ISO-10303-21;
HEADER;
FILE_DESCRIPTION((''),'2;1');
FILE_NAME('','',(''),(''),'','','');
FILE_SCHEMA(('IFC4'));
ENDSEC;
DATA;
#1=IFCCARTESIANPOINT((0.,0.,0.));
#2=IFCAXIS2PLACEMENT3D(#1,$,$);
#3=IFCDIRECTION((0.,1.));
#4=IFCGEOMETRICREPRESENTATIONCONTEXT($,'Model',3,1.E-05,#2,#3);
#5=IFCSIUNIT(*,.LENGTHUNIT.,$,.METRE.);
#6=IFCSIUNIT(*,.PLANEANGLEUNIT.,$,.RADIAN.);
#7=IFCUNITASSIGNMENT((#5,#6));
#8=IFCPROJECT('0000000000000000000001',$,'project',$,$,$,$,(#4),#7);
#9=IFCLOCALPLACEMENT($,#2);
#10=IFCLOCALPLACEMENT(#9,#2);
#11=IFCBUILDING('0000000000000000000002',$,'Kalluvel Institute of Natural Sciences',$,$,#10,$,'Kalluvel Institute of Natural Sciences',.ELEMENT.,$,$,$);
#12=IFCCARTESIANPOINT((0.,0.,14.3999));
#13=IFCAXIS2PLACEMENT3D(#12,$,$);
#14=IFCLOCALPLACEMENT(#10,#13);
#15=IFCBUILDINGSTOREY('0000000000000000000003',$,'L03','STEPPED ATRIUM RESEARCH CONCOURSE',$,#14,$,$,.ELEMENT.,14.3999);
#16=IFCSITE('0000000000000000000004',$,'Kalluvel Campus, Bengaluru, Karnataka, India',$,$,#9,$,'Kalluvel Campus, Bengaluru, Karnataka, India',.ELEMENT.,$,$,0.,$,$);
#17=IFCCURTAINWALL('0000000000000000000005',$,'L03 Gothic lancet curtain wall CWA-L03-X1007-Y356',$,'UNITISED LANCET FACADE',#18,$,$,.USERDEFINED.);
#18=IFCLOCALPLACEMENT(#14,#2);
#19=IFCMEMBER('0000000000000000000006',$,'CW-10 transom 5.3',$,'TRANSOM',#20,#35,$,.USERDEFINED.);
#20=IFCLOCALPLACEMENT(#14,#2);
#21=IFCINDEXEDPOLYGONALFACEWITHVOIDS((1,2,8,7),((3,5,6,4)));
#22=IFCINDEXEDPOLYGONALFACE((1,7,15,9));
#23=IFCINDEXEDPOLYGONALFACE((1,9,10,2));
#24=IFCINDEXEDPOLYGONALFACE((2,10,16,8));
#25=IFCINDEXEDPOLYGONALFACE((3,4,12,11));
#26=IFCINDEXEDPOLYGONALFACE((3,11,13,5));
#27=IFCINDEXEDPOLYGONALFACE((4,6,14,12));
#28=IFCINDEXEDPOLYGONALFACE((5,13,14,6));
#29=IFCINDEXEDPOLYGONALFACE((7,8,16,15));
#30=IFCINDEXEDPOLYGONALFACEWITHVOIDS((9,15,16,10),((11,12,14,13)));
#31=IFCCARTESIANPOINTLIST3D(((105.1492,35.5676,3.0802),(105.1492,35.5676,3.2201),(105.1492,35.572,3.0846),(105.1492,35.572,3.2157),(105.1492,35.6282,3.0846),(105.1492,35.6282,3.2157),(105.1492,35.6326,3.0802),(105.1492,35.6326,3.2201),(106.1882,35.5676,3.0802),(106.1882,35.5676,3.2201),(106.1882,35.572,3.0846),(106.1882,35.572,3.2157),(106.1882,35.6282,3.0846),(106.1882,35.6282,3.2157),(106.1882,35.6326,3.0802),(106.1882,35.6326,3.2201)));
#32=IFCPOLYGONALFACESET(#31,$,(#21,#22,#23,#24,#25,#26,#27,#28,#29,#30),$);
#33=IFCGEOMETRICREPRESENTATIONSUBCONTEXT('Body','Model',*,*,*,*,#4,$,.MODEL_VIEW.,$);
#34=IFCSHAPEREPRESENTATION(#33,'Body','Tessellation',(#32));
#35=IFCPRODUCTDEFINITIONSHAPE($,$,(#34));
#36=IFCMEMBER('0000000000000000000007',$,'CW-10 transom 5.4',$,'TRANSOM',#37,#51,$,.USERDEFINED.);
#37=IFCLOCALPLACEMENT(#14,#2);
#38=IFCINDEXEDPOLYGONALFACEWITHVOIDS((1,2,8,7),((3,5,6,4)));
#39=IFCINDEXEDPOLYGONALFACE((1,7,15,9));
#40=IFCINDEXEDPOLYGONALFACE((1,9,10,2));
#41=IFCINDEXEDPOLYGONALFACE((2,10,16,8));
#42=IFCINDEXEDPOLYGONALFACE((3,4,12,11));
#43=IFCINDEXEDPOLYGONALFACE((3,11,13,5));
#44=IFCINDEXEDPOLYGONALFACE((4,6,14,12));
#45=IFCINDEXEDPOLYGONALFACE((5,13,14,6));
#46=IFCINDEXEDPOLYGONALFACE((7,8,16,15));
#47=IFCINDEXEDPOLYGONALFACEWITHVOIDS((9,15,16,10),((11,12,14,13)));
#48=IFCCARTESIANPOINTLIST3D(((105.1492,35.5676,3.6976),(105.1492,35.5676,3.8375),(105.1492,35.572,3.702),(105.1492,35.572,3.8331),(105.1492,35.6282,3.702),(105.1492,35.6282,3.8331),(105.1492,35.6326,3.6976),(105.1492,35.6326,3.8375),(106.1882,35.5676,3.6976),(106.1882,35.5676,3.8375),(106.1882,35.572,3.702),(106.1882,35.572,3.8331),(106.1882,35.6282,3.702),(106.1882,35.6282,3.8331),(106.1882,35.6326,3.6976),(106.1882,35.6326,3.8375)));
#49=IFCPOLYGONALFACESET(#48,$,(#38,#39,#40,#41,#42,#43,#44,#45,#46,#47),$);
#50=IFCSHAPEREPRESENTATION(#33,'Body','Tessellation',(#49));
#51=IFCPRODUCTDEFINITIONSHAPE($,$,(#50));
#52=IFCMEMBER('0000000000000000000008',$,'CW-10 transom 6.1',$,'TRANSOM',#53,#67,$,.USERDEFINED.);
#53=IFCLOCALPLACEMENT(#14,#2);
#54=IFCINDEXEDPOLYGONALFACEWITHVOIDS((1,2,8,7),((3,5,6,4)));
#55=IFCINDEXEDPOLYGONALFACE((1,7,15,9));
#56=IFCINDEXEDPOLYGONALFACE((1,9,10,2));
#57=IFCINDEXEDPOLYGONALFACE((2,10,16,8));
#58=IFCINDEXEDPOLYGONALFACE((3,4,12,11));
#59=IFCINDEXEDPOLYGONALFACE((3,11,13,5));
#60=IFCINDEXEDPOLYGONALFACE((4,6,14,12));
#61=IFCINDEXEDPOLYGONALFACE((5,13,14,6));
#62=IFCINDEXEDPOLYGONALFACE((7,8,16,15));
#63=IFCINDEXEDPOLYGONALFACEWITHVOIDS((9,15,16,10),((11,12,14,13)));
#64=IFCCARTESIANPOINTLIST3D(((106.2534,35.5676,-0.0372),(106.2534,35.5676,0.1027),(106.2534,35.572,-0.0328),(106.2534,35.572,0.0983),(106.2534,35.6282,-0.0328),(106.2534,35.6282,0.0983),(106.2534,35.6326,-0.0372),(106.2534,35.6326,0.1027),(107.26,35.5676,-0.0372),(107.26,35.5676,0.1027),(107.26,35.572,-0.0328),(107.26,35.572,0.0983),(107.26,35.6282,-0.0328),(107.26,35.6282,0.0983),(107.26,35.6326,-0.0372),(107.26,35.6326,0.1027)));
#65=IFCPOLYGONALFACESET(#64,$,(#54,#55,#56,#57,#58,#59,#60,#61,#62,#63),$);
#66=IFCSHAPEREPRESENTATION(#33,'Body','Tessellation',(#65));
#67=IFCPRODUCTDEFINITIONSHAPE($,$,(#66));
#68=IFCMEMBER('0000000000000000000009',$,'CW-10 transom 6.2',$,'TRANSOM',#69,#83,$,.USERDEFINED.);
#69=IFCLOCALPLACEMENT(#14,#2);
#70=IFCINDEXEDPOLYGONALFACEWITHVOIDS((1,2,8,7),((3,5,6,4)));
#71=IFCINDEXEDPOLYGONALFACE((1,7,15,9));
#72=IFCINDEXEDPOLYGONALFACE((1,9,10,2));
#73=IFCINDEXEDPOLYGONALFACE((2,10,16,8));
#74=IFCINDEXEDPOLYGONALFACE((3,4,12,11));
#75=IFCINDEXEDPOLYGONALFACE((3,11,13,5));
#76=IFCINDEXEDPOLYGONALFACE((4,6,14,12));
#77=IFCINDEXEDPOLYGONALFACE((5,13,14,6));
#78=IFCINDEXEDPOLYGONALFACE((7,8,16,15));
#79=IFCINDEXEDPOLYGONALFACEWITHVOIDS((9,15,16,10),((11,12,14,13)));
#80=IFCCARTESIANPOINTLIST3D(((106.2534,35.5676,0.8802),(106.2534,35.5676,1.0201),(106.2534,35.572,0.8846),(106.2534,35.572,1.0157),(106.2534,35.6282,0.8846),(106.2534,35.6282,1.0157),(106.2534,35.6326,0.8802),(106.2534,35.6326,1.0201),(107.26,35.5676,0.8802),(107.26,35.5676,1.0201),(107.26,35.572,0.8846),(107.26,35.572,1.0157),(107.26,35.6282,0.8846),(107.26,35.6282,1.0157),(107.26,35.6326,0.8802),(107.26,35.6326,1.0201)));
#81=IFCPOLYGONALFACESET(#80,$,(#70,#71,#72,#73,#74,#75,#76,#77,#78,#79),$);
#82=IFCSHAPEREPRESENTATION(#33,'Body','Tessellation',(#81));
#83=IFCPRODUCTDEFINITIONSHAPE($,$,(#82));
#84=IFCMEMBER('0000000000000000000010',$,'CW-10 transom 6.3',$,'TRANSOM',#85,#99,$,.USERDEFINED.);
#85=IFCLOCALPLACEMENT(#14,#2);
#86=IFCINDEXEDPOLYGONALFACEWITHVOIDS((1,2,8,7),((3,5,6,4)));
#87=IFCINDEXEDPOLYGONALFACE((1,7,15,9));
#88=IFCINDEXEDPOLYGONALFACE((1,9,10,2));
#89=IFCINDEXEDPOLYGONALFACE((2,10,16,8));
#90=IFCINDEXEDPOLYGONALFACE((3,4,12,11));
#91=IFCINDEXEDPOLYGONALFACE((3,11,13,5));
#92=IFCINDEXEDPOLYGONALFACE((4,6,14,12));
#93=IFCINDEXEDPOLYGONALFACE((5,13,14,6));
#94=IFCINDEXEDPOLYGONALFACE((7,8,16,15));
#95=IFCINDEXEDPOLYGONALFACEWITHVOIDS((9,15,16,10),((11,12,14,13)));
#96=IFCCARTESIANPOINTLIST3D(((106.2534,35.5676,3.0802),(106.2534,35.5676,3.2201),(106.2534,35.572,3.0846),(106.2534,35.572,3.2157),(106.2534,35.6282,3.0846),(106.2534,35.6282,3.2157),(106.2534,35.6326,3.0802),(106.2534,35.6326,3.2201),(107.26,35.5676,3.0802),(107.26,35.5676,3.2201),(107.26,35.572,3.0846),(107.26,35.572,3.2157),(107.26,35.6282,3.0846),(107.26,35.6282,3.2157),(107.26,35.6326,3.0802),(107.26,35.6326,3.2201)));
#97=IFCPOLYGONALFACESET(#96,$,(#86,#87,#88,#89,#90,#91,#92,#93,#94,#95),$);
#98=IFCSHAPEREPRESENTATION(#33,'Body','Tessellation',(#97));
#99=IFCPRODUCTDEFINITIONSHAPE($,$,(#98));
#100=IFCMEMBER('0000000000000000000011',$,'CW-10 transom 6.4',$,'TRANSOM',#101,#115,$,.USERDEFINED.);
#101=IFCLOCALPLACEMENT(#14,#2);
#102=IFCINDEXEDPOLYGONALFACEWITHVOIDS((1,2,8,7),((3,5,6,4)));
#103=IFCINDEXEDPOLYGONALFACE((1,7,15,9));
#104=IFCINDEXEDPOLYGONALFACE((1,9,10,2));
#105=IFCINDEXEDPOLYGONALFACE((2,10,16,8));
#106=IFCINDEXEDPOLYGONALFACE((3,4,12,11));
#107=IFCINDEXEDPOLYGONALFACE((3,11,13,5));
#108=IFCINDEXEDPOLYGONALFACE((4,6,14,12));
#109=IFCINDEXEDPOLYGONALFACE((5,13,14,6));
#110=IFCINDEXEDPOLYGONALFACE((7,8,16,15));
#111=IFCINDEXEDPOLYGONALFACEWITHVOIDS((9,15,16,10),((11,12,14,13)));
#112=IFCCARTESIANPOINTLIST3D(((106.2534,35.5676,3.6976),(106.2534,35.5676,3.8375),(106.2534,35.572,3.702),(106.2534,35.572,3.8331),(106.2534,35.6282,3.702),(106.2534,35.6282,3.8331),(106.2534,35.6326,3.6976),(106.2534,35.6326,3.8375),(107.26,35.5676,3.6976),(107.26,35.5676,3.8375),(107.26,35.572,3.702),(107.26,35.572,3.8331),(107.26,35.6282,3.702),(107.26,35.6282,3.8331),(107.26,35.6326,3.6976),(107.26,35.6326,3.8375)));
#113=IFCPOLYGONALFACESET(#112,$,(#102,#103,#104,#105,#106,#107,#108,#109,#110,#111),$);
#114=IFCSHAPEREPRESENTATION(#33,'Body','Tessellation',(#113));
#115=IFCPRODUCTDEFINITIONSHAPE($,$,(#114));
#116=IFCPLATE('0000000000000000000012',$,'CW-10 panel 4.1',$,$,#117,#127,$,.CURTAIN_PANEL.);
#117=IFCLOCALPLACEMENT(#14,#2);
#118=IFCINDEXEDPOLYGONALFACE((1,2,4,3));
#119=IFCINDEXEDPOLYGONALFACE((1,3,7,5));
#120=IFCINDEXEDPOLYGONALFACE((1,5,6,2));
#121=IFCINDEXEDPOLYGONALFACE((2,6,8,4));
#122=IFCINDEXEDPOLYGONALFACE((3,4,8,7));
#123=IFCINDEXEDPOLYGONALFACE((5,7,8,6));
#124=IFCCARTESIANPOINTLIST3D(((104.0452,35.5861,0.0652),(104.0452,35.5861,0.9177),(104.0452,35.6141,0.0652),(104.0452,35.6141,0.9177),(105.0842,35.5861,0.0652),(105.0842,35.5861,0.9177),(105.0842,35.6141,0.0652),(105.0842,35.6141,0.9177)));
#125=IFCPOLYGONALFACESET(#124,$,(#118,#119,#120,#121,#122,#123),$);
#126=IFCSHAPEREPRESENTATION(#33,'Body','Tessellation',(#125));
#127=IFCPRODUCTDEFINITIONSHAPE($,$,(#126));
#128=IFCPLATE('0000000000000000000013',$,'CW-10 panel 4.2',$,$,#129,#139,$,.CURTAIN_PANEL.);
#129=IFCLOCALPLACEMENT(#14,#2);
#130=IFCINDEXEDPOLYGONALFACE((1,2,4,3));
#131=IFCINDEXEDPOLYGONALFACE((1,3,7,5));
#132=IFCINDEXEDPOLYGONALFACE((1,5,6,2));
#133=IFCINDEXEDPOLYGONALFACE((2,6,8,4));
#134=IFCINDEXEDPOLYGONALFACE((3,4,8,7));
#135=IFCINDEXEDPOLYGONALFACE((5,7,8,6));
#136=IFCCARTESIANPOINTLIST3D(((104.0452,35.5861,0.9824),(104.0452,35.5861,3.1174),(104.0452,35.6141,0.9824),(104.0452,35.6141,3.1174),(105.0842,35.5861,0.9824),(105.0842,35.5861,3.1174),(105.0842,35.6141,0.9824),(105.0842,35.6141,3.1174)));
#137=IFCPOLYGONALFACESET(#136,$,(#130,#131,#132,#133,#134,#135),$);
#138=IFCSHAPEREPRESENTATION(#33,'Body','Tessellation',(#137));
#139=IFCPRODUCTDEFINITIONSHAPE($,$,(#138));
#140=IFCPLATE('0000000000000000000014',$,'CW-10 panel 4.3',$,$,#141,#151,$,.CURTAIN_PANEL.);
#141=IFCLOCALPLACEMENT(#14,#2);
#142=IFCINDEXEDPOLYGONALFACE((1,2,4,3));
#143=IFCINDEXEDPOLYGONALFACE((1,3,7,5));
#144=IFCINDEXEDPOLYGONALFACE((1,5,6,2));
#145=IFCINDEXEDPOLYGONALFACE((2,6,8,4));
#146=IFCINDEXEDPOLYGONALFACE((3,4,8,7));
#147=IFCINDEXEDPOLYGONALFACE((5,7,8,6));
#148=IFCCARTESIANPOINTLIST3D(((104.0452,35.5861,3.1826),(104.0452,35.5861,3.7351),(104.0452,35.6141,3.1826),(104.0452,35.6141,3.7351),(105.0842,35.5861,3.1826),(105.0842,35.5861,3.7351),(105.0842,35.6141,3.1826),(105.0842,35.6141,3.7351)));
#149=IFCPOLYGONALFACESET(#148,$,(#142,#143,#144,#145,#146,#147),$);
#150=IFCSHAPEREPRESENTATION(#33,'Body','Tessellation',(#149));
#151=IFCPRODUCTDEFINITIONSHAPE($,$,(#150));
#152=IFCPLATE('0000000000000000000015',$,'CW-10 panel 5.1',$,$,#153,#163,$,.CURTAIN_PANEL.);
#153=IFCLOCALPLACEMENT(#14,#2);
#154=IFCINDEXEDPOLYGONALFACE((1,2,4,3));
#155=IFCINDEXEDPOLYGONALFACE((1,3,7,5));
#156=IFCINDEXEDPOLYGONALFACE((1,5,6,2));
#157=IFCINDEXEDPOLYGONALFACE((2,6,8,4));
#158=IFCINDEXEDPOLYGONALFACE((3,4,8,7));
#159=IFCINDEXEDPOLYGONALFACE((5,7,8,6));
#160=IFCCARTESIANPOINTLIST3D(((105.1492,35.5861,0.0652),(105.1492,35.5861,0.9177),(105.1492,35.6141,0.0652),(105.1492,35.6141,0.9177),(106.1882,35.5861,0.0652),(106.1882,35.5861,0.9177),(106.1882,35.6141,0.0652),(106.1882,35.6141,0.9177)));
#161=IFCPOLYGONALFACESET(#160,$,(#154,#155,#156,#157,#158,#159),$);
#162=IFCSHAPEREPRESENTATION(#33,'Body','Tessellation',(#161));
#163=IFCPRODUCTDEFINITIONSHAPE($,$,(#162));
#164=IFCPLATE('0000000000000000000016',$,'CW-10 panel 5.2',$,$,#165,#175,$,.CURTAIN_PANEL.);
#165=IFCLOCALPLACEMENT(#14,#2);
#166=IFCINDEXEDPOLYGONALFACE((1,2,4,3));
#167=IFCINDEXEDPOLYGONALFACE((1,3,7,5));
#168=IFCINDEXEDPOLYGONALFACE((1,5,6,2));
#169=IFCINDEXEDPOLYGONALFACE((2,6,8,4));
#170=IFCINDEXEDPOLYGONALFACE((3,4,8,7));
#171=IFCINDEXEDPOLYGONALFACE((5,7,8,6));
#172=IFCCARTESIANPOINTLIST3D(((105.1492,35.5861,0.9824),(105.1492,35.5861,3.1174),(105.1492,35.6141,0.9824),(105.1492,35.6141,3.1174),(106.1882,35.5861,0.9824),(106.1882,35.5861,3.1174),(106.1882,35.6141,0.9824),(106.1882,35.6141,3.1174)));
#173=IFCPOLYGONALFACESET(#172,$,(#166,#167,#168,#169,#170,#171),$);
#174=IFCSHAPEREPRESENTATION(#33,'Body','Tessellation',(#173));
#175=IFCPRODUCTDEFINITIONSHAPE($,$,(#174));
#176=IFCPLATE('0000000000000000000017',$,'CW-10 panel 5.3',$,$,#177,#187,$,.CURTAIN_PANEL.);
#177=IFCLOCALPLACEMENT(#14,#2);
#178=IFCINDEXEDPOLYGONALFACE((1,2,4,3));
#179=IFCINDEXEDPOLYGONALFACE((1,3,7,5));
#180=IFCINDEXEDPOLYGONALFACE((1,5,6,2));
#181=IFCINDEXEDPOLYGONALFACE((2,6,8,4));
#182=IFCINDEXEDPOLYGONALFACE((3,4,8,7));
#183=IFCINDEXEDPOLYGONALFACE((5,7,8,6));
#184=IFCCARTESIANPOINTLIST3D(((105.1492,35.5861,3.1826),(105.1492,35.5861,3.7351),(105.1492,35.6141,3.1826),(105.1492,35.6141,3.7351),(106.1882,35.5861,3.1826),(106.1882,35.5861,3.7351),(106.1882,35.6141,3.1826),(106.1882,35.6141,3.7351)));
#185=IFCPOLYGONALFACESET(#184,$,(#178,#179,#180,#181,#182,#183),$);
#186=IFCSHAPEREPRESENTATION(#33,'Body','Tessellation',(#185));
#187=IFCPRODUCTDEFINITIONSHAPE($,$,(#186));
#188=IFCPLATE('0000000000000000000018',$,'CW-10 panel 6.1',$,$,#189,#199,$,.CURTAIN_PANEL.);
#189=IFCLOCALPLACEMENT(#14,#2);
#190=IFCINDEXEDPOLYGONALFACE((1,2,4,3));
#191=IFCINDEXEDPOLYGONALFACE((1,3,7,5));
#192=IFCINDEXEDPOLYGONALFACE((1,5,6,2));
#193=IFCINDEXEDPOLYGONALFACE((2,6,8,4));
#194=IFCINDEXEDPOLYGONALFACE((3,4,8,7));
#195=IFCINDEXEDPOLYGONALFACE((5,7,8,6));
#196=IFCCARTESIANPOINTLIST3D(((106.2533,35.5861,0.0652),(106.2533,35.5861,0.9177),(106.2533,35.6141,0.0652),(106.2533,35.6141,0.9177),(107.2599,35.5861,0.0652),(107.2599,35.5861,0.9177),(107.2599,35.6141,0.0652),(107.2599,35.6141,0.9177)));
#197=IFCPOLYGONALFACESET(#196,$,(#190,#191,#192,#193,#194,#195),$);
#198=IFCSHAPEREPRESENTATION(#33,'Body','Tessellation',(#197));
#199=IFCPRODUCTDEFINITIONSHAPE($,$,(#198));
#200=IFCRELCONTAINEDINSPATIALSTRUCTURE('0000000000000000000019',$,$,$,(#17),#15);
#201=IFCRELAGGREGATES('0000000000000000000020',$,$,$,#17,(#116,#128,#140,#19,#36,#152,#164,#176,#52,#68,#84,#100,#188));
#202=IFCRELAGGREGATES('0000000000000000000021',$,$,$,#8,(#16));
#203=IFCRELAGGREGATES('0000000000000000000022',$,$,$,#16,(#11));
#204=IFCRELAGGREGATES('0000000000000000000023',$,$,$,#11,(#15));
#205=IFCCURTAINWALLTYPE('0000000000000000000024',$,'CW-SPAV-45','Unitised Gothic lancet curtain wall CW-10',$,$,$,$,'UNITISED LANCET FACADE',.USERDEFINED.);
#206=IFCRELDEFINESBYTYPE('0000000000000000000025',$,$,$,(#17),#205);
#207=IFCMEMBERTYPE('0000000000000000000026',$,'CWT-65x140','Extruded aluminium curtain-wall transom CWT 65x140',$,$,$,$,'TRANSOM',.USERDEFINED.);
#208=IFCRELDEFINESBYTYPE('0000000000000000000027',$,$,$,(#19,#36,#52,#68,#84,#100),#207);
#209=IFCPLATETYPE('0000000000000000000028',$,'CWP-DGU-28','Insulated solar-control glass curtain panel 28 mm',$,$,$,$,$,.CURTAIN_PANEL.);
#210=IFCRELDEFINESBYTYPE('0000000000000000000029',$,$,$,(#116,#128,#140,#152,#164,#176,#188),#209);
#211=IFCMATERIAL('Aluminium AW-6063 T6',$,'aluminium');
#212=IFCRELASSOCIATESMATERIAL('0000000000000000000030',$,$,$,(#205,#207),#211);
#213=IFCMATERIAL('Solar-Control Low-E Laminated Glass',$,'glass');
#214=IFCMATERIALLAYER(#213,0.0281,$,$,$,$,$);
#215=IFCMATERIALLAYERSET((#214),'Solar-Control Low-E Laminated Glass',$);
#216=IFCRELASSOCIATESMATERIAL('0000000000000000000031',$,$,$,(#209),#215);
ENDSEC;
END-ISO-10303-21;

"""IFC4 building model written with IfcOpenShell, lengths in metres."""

from ifc_helpers import new_model, si_unit, direction, frame, origin, origin_2d, place, context, subcontext, project, spatial, rectangle, hollow_rectangle, extrude, material, layer, layer_set, material_profile, profile_set, type_object, element, aggregate, save


model = new_model("IFC4")

# Units and contexts
model_context = context("Model", 3, precision=1e-05, world=origin(), true_north=direction((0.0, 1.0)))
body_context = subcontext(model_context, "Body", "Model", "MODEL_VIEW")
ifc_project = project(units=[si_unit("LENGTHUNIT", "METRE"), si_unit("PLANEANGLEUNIT", "RADIAN")], contexts=[model_context])

# Site, building, storey
site_placement = place(None, origin())
site = spatial("IfcSite", under=ifc_project, at=site_placement, Name="Kalluvel Campus, Bengaluru, Karnataka, India", LongName="Kalluvel Campus, Bengaluru, Karnataka, India", CompositionType="ELEMENT", RefElevation=0.0)
building_placement = place(site_placement, origin())
building = spatial("IfcBuilding", under=site, at=building_placement, Name="Kalluvel Institute of Natural Sciences", LongName="Kalluvel Institute of Natural Sciences", CompositionType="ELEMENT")
storey_placement = place(building_placement, frame((0.0, 0.0, 14.3999)))
storey = spatial("IfcBuildingStorey", under=building, at=storey_placement, Name="L03", Description="STEPPED ATRIUM RESEARCH CONCOURSE", CompositionType="ELEMENT", Elevation=14.3999)

# Curtain wall, members, plates
ifc_material_1 = material(Name="Aluminium AW-6063 T6", Category="aluminium")
curtain_wall_type = type_object("IfcCurtainWallType", Name="CW-SPAV-45", Description="Unitised Gothic lancet curtain wall CW-10", ElementType="UNITISED LANCET FACADE", PredefinedType="USERDEFINED", material=ifc_material_1)
curtain_wall_placement = place(storey_placement, origin())
curtain_wall = element("IfcCurtainWall", 1, at=curtain_wall_placement, inside=storey, type_object=curtain_wall_type, Name="L03 Gothic lancet curtain wall CWA-L03-X1007-Y356", ObjectType="UNITISED LANCET FACADE", PredefinedType="USERDEFINED")
ifc_material_profile_1 = material_profile(ifc_material_1, hollow_rectangle(XDim=0.0649, YDim=0.1399, WallThickness=0.0044, at=origin_2d()), Name="CWT 65x140")
ifc_profile_set_1 = profile_set([ifc_material_profile_1], Name="Aluminium AW-6063 T6")
member_type_1 = type_object("IfcMemberType", Name="CWT-65x140", Description="Extruded aluminium curtain-wall transom CWT 65x140", ElementType="TRANSOM", PredefinedType="USERDEFINED", material=ifc_profile_set_1)
member_1_placement = place(storey_placement, frame((105.1492, 35.6001, 3.1501), z_axis=(1.0, 0.0, 0.0), x_axis=(0.0, 1.0, 0.0)))
member_1 = element("IfcMember", 2, at=member_1_placement, type_object=member_type_1, Name="CW-10 transom 5.3", ObjectType="TRANSOM", PredefinedType="USERDEFINED", context=body_context, shape_type="SweptSolid", body=[
    extrude(hollow_rectangle(XDim=0.0649, YDim=0.1399, WallThickness=0.0044, at=origin_2d()), origin(), (0.0, 0.0, 1.0), 1.0391),
])
member_2_placement = place(storey_placement, frame((105.1492, 35.6001, 3.7676), z_axis=(1.0, 0.0, 0.0), x_axis=(0.0, 1.0, 0.0)))
member_2 = element("IfcMember", 3, at=member_2_placement, type_object=member_type_1, Name="CW-10 transom 5.4", ObjectType="TRANSOM", PredefinedType="USERDEFINED", context=body_context, shape_type="SweptSolid", body=[
    extrude(hollow_rectangle(XDim=0.0649, YDim=0.1399, WallThickness=0.0044, at=origin_2d()), origin(), (0.0, 0.0, 1.0), 1.0391),
])
member_3_placement = place(storey_placement, frame((106.2534, 35.6001, 0.0327), z_axis=(1.0, 0.0, 0.0), x_axis=(0.0, 1.0, 0.0)))
member_3 = element("IfcMember", 4, at=member_3_placement, type_object=member_type_1, Name="CW-10 transom 6.1", ObjectType="TRANSOM", PredefinedType="USERDEFINED", context=body_context, shape_type="SweptSolid", body=[
    extrude(hollow_rectangle(XDim=0.0649, YDim=0.1399, WallThickness=0.0044, at=origin_2d()), origin(), (0.0, 0.0, 1.0), 1.0066),
])
member_4_placement = place(storey_placement, frame((106.2534, 35.6001, 0.9502), z_axis=(1.0, 0.0, 0.0), x_axis=(0.0, 1.0, 0.0)))
member_4 = element("IfcMember", 5, at=member_4_placement, type_object=member_type_1, Name="CW-10 transom 6.2", ObjectType="TRANSOM", PredefinedType="USERDEFINED", context=body_context, shape_type="SweptSolid", body=[
    extrude(hollow_rectangle(XDim=0.0649, YDim=0.1399, WallThickness=0.0044, at=origin_2d()), origin(), (0.0, 0.0, 1.0), 1.0066),
])
member_5_placement = place(storey_placement, frame((106.2534, 35.6001, 3.1501), z_axis=(1.0, 0.0, 0.0), x_axis=(0.0, 1.0, 0.0)))
member_5 = element("IfcMember", 6, at=member_5_placement, type_object=member_type_1, Name="CW-10 transom 6.3", ObjectType="TRANSOM", PredefinedType="USERDEFINED", context=body_context, shape_type="SweptSolid", body=[
    extrude(hollow_rectangle(XDim=0.0649, YDim=0.1399, WallThickness=0.0044, at=origin_2d()), origin(), (0.0, 0.0, 1.0), 1.0066),
])
member_6_placement = place(storey_placement, frame((106.2534, 35.6001, 3.7676), z_axis=(1.0, 0.0, 0.0), x_axis=(0.0, 1.0, 0.0)))
member_6 = element("IfcMember", 7, at=member_6_placement, type_object=member_type_1, Name="CW-10 transom 6.4", ObjectType="TRANSOM", PredefinedType="USERDEFINED", context=body_context, shape_type="SweptSolid", body=[
    extrude(hollow_rectangle(XDim=0.0649, YDim=0.1399, WallThickness=0.0044, at=origin_2d()), origin(), (0.0, 0.0, 1.0), 1.0066),
])
ifc_material_2 = material(Name="Solar-Control Low-E Laminated Glass", Category="glass")
ifc_layer = layer(ifc_material_2, 0.0281)
ifc_layer_set = layer_set([ifc_layer], Name="Solar-Control Low-E Laminated Glass")
plate_type = type_object("IfcPlateType", Name="CWP-DGU-28", Description="Insulated solar-control glass curtain panel 28 mm", PredefinedType="CURTAIN_PANEL", material=ifc_layer_set)
plate_1_placement = place(storey_placement, frame((104.5647, 35.6001, 0.0652), z_axis=(0.0, 0.0, 1.0), x_axis=(1.0, 0.0, 0.0)))
plate_1 = element("IfcPlate", 8, at=plate_1_placement, type_object=plate_type, Name="CW-10 panel 4.1", PredefinedType="CURTAIN_PANEL", context=body_context, shape_type="SweptSolid", body=[
    extrude(rectangle(XDim=1.0391, YDim=0.0281, at=origin_2d()), origin(), (0.0, 0.0, 1.0), 0.8525),
])
plate_2_placement = place(storey_placement, frame((104.5647, 35.6001, 0.9824), z_axis=(0.0, 0.0, 1.0), x_axis=(1.0, 0.0, 0.0)))
plate_2 = element("IfcPlate", 9, at=plate_2_placement, type_object=plate_type, Name="CW-10 panel 4.2", PredefinedType="CURTAIN_PANEL", context=body_context, shape_type="SweptSolid", body=[
    extrude(rectangle(XDim=1.0391, YDim=0.0281, at=origin_2d()), origin(), (0.0, 0.0, 1.0), 2.135),
])
plate_3_placement = place(storey_placement, frame((104.5647, 35.6001, 3.1826), z_axis=(0.0, 0.0, 1.0), x_axis=(1.0, 0.0, 0.0)))
plate_3 = element("IfcPlate", 10, at=plate_3_placement, type_object=plate_type, Name="CW-10 panel 4.3", PredefinedType="CURTAIN_PANEL", context=body_context, shape_type="SweptSolid", body=[
    extrude(rectangle(XDim=1.0391, YDim=0.0281, at=origin_2d()), origin(), (0.0, 0.0, 1.0), 0.5525),
])
plate_4_placement = place(storey_placement, frame((105.6687, 35.6001, 0.0652), z_axis=(0.0, 0.0, 1.0), x_axis=(1.0, 0.0, 0.0)))
plate_4 = element("IfcPlate", 11, at=plate_4_placement, type_object=plate_type, Name="CW-10 panel 5.1", PredefinedType="CURTAIN_PANEL", context=body_context, shape_type="SweptSolid", body=[
    extrude(rectangle(XDim=1.0391, YDim=0.0281, at=origin_2d()), origin(), (0.0, 0.0, 1.0), 0.8525),
])
plate_5_placement = place(storey_placement, frame((105.6687, 35.6001, 0.9824), z_axis=(0.0, 0.0, 1.0), x_axis=(1.0, 0.0, 0.0)))
plate_5 = element("IfcPlate", 12, at=plate_5_placement, type_object=plate_type, Name="CW-10 panel 5.2", PredefinedType="CURTAIN_PANEL", context=body_context, shape_type="SweptSolid", body=[
    extrude(rectangle(XDim=1.0391, YDim=0.0281, at=origin_2d()), origin(), (0.0, 0.0, 1.0), 2.135),
])
plate_6_placement = place(storey_placement, frame((105.6687, 35.6001, 3.1826), z_axis=(0.0, 0.0, 1.0), x_axis=(1.0, 0.0, 0.0)))
plate_6 = element("IfcPlate", 13, at=plate_6_placement, type_object=plate_type, Name="CW-10 panel 5.3", PredefinedType="CURTAIN_PANEL", context=body_context, shape_type="SweptSolid", body=[
    extrude(rectangle(XDim=1.0391, YDim=0.0281, at=origin_2d()), origin(), (0.0, 0.0, 1.0), 0.5525),
])
plate_7_placement = place(storey_placement, frame((106.7566, 35.6001, 0.0652), z_axis=(0.0, 0.0, 1.0), x_axis=(1.0, 0.0, 0.0)))
plate_7 = element("IfcPlate", 14, at=plate_7_placement, type_object=plate_type, Name="CW-10 panel 6.1", PredefinedType="CURTAIN_PANEL", context=body_context, shape_type="SweptSolid", body=[
    extrude(rectangle(XDim=1.0066, YDim=0.0281, at=origin_2d()), origin(), (0.0, 0.0, 1.0), 0.8525),
])
aggregate(curtain_wall, [plate_1, plate_2, plate_3, member_1, member_2, plate_4, plate_5, plate_6, member_3, member_4, member_5, member_6, plate_7])

save(model, "model.ifc")
